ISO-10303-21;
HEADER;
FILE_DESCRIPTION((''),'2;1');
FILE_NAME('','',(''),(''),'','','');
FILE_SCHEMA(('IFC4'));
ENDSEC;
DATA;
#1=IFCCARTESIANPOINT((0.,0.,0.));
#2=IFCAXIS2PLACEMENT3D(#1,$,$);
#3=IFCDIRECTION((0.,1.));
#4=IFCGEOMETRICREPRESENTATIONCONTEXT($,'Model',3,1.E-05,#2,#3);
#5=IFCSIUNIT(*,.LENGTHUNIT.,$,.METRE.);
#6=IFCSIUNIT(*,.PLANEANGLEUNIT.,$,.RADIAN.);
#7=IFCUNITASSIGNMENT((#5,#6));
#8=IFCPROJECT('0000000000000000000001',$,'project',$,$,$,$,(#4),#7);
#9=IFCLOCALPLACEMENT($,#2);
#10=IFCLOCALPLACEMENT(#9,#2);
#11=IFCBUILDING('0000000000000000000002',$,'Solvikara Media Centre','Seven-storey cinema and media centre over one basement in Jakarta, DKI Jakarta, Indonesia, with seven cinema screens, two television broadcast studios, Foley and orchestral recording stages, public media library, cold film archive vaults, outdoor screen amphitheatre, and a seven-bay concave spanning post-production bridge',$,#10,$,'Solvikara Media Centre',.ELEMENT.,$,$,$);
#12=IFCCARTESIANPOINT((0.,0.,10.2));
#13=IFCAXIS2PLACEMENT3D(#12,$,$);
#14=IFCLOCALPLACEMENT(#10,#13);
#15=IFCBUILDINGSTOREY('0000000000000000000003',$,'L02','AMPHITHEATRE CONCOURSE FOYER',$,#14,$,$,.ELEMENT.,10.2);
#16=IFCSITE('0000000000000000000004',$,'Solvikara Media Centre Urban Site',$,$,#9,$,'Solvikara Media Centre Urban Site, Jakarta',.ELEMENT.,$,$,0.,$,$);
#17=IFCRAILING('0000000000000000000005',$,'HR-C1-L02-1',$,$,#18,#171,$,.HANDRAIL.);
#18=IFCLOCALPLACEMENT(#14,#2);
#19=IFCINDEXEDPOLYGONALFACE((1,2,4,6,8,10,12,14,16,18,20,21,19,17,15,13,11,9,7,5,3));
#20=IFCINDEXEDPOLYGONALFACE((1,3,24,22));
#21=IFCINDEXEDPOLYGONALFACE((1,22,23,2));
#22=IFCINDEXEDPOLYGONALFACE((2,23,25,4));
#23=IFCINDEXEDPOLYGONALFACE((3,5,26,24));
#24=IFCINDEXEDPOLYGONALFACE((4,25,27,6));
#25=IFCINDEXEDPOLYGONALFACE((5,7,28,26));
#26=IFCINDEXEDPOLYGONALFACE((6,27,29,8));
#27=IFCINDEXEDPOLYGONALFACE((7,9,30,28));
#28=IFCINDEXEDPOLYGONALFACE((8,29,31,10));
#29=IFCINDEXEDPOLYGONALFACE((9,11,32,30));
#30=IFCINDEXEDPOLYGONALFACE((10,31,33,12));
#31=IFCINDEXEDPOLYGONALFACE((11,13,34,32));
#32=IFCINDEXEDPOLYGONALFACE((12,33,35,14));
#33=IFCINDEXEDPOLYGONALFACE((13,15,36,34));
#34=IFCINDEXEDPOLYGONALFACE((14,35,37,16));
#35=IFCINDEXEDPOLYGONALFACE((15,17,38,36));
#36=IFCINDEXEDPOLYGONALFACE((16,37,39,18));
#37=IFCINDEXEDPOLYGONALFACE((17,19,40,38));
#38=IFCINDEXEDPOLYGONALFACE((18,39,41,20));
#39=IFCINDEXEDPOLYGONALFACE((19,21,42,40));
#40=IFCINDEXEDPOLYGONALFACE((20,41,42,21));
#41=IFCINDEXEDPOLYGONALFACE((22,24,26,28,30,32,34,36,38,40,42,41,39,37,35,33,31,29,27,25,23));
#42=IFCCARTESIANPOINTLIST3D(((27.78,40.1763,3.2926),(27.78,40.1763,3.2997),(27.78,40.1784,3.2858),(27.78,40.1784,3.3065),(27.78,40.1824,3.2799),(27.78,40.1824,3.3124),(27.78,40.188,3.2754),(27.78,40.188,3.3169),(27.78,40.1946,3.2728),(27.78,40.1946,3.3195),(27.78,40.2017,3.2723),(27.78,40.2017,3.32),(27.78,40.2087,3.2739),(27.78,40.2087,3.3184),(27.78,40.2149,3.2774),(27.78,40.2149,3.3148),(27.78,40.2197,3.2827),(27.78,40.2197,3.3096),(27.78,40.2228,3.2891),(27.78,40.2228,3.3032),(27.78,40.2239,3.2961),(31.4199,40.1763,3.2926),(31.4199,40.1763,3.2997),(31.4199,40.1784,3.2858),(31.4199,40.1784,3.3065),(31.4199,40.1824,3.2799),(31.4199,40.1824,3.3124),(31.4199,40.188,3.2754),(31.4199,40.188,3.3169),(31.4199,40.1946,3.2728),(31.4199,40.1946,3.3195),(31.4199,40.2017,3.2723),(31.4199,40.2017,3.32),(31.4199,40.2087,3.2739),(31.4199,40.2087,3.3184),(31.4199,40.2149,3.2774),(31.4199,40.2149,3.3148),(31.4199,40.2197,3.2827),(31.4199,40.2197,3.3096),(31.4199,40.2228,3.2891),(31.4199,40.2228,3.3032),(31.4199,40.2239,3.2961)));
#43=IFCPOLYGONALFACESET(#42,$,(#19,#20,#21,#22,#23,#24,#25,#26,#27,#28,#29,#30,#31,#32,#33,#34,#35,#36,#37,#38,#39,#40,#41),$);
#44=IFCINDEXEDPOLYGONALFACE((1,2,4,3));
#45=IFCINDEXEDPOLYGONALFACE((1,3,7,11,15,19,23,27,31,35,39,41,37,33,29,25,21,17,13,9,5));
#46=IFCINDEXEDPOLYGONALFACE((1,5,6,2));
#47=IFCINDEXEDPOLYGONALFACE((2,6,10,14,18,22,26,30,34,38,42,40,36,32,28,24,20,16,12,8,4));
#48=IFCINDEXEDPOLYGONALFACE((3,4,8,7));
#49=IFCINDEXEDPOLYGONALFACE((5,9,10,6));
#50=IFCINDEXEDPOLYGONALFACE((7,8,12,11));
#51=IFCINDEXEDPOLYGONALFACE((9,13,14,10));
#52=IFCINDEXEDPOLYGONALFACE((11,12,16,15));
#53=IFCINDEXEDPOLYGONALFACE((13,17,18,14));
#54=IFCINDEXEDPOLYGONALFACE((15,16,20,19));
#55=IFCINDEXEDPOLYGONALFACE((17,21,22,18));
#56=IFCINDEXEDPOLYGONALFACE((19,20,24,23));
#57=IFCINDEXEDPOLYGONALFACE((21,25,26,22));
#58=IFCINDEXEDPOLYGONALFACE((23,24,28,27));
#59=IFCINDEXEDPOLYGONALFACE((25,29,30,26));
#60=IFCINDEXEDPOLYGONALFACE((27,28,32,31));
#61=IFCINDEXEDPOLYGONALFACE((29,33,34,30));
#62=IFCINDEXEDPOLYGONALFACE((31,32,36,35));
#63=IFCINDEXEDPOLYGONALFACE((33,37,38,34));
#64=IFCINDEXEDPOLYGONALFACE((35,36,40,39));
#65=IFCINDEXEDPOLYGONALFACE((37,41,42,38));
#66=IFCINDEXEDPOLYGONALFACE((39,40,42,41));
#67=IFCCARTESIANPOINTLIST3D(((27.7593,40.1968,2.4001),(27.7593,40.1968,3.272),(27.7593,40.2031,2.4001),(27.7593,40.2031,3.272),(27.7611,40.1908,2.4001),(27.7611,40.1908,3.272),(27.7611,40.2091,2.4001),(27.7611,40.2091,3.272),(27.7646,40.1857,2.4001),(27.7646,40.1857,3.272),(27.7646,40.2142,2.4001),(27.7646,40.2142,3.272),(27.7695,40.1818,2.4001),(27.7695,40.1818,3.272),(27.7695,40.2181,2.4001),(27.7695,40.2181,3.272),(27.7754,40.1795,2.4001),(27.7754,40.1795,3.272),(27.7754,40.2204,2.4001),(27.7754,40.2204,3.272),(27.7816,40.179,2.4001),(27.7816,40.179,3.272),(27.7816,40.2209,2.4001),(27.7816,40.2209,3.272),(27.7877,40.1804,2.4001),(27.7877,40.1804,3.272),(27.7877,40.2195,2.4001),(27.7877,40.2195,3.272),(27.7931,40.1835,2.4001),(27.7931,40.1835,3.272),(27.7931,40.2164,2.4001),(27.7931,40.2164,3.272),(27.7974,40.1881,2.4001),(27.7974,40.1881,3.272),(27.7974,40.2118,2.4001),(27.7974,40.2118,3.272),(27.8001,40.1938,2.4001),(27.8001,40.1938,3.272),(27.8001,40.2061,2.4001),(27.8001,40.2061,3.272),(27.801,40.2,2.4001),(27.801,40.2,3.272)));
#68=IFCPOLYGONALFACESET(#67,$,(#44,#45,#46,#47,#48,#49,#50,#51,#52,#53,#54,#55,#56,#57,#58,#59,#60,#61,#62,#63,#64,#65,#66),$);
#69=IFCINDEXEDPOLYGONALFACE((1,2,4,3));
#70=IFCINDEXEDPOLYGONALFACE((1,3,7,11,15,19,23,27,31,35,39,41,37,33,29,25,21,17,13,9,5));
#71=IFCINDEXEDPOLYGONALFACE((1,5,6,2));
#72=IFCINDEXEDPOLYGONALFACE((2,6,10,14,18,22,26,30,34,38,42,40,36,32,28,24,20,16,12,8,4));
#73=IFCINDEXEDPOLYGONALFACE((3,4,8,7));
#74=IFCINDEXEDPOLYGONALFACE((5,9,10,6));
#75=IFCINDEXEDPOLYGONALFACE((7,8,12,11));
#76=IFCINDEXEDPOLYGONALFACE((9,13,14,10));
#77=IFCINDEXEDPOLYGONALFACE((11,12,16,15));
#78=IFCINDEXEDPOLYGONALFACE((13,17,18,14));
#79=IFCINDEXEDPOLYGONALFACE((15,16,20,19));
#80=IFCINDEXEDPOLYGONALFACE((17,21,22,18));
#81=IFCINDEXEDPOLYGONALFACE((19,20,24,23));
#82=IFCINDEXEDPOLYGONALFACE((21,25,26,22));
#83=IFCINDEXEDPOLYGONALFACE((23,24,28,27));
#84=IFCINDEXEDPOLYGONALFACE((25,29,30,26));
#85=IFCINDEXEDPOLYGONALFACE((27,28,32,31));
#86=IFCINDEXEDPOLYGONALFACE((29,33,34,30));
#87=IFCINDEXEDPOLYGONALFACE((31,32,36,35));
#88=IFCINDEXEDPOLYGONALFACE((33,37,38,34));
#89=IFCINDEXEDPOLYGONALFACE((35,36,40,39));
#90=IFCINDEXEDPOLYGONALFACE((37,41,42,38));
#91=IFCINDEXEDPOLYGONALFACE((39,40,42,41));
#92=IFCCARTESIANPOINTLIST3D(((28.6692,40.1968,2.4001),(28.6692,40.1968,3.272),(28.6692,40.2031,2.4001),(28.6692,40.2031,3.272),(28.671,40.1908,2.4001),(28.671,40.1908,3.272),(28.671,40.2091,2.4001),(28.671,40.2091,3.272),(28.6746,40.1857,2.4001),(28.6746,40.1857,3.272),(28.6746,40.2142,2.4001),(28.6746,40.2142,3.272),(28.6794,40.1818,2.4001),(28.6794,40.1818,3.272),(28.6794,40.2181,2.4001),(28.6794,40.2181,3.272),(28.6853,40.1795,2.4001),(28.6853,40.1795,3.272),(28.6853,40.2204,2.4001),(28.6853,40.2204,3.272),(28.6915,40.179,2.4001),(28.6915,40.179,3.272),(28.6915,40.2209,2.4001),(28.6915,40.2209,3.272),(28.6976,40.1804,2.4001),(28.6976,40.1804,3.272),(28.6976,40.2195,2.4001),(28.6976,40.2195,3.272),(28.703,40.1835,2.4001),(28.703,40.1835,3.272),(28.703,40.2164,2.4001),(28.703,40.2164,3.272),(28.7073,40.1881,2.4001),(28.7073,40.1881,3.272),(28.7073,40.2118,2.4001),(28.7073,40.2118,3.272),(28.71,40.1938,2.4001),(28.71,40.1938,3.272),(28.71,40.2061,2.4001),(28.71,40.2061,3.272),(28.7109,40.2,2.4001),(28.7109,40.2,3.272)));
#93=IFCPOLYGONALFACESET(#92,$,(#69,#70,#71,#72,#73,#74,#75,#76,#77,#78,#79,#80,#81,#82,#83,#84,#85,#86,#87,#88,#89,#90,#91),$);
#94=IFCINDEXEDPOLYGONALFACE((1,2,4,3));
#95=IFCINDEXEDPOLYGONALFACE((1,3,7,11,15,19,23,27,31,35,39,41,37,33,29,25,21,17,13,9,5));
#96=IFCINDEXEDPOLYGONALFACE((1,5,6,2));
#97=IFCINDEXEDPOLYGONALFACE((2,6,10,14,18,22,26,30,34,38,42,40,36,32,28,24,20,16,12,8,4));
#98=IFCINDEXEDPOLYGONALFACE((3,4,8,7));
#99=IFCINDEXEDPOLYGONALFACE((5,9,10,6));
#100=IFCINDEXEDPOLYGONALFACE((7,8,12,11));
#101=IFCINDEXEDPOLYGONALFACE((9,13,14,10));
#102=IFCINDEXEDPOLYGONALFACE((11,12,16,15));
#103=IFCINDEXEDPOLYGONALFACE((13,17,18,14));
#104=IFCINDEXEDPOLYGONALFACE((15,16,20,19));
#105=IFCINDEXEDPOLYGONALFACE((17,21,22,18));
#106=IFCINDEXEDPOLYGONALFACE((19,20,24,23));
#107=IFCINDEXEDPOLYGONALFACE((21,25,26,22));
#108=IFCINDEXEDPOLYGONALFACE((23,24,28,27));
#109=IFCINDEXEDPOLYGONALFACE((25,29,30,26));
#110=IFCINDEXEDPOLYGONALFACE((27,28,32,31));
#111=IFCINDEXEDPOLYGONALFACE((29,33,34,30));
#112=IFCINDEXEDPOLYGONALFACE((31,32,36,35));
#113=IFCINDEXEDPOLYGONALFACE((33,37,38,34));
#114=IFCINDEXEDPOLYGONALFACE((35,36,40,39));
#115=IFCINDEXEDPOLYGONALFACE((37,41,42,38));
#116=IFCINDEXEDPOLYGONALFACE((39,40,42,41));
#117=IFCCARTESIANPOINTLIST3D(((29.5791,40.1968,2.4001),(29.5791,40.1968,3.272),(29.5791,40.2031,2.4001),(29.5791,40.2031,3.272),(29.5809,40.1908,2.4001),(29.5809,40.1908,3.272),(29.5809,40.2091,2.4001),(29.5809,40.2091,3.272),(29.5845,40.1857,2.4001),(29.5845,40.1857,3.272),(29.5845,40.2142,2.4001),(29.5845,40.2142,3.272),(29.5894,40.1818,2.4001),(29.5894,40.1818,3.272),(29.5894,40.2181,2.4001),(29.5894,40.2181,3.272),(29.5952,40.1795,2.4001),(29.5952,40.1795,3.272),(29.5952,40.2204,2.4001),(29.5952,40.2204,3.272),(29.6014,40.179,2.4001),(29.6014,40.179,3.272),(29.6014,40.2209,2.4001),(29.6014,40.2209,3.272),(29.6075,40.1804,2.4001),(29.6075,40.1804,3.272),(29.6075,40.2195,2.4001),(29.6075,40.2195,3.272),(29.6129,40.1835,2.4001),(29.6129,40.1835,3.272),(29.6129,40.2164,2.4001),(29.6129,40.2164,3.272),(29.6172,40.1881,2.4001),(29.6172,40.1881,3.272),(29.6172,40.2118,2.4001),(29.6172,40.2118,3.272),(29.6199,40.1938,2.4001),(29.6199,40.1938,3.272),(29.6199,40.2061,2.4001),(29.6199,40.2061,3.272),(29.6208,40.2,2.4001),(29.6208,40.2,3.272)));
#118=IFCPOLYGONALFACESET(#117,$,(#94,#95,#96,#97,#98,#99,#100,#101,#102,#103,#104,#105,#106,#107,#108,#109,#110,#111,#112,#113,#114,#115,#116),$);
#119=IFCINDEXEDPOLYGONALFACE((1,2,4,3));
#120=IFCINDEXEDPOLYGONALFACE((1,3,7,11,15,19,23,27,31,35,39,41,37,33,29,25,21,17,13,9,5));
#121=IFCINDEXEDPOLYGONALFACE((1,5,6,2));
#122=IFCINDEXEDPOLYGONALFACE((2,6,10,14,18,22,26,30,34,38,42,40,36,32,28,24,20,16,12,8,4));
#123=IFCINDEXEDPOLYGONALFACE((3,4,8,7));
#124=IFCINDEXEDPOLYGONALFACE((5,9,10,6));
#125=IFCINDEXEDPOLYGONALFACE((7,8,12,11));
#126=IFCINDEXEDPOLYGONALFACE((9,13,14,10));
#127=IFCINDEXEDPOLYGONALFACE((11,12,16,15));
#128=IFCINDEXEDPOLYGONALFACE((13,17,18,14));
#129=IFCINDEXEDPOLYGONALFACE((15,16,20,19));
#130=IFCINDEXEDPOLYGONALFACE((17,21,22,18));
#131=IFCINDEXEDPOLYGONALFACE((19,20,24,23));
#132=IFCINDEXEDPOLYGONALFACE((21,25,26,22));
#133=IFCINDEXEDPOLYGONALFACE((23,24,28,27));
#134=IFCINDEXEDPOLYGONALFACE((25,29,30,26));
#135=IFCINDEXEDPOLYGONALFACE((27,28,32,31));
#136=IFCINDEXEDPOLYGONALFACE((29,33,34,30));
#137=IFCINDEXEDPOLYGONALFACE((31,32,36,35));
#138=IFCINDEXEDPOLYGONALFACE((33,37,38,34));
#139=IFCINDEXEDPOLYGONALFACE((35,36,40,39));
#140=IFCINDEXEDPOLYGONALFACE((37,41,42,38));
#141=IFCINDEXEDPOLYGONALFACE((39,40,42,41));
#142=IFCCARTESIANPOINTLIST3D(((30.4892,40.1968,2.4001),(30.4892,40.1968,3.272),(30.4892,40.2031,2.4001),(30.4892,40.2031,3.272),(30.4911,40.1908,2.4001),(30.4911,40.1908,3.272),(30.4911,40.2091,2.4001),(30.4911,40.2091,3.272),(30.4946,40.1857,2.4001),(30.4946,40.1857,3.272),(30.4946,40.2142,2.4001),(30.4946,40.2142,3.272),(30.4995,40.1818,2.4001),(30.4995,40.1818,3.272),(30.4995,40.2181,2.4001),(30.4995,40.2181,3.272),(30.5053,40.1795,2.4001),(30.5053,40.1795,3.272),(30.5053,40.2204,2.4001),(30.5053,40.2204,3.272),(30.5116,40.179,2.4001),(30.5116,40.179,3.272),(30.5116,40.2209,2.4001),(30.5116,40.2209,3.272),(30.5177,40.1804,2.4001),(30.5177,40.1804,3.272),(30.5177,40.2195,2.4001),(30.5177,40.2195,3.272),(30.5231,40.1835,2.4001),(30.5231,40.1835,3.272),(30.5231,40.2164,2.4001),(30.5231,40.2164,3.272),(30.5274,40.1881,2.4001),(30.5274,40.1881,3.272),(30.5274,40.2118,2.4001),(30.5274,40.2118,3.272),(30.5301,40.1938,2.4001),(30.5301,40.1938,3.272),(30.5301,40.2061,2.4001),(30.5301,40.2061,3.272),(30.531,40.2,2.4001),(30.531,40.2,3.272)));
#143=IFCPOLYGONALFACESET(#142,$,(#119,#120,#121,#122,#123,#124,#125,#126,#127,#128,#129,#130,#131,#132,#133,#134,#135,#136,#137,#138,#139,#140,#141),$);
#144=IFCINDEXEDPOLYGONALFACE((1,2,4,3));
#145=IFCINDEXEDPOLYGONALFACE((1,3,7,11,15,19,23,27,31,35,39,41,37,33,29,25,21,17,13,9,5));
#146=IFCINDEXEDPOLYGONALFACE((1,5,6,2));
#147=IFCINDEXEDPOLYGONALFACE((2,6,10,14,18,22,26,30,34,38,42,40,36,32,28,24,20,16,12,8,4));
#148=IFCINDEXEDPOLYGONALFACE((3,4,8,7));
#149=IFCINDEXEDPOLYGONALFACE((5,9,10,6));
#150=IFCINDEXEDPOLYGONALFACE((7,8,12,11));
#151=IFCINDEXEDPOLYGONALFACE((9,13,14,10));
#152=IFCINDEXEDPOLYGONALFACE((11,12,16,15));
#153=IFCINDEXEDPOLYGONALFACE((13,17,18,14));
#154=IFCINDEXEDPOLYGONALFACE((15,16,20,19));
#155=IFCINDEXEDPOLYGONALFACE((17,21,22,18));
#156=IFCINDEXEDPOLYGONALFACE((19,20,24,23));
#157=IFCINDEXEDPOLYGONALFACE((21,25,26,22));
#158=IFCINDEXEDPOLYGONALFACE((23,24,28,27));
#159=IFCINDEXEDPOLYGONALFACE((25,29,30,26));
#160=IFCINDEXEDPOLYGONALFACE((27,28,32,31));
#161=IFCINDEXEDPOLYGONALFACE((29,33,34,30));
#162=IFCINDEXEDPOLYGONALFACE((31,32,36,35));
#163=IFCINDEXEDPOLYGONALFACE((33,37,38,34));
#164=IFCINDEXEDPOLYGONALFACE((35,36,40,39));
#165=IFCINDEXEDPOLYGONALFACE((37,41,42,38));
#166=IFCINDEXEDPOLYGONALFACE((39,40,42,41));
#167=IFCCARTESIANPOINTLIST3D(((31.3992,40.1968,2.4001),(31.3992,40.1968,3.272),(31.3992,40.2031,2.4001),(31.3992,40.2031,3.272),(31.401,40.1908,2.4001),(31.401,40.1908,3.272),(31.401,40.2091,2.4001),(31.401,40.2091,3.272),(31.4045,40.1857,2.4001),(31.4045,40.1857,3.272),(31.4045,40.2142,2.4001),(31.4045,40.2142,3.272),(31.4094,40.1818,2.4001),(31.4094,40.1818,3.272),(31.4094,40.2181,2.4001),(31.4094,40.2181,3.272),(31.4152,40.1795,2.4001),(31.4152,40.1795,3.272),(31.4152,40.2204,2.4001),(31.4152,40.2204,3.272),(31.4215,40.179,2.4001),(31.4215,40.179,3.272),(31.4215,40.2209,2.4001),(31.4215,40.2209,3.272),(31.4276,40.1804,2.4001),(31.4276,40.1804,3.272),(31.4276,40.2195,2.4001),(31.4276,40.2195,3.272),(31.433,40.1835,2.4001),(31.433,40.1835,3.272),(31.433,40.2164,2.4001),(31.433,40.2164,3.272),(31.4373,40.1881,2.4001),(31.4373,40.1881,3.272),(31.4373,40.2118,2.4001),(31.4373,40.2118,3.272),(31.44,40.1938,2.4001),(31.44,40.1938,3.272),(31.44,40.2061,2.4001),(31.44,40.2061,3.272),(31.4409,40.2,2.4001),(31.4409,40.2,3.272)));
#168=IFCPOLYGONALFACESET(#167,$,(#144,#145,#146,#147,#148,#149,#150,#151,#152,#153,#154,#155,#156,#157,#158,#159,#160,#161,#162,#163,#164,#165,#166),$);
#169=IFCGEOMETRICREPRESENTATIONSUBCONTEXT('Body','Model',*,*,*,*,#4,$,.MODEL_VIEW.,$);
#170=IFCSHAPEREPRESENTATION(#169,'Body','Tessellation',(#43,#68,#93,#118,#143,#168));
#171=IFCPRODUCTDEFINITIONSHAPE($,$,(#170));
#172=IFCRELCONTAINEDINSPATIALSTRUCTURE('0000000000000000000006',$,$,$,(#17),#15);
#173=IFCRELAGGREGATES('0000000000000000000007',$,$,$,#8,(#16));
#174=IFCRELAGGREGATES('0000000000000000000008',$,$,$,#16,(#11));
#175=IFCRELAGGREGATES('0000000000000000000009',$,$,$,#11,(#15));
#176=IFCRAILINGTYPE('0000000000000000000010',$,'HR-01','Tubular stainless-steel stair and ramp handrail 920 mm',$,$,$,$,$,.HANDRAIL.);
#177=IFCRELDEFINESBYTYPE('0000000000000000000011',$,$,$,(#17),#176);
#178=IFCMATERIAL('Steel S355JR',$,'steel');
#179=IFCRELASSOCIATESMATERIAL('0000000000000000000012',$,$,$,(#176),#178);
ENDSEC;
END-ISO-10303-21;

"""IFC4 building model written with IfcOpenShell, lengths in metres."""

from ifc_helpers import new_model, si_unit, direction, frame, origin, origin_2d, place, context, subcontext, project, spatial, circle, extrude, material, type_object, element, save


model = new_model("IFC4")

# Units and contexts
model_context = context("Model", 3, precision=1e-05, world=origin(), true_north=direction((0.0, 1.0)))
body_context = subcontext(model_context, "Body", "Model", "MODEL_VIEW")
ifc_project = project(units=[si_unit("LENGTHUNIT", "METRE"), si_unit("PLANEANGLEUNIT", "RADIAN")], contexts=[model_context])

# Site, building, storey
site_placement = place(None, origin())
site = spatial("IfcSite", under=ifc_project, at=site_placement, Name="Solvikara Media Centre Urban Site", LongName="Solvikara Media Centre Urban Site, Jakarta", CompositionType="ELEMENT", RefElevation=0.0)
building_placement = place(site_placement, origin())
building = spatial("IfcBuilding", under=site, at=building_placement, Name="Solvikara Media Centre", Description="Seven-storey cinema and media centre over one basement in Jakarta, DKI Jakarta, Indonesia, with seven cinema screens, two television broadcast studios, Foley and orchestral recording stages, public media library, cold film archive vaults, outdoor screen amphitheatre, and a seven-bay concave spanning post-production bridge", LongName="Solvikara Media Centre", CompositionType="ELEMENT")
storey_placement = place(building_placement, frame((0.0, 0.0, 10.2)))
storey = spatial("IfcBuildingStorey", under=building, at=storey_placement, Name="L02", Description="AMPHITHEATRE CONCOURSE FOYER", CompositionType="ELEMENT", Elevation=10.2)

# Shared definitions
ifc_material_1 = material(Name="Steel S355JR", Category="steel")

# Railing
railing_type_1 = type_object("IfcRailingType", Name="HR-01", Description="Tubular stainless-steel stair and ramp handrail 920 mm", PredefinedType="HANDRAIL", material=ifc_material_1)
railing_1_placement = place(storey_placement, frame((27.78, 40.2, 2.4001)))
element("IfcRailing", 1, at=railing_1_placement, inside=storey, type_object=railing_type_1, Name="HR-C1-L02-1", PredefinedType="HANDRAIL", context=body_context, shape_type="SweptSolid", body=[
    extrude(circle(Radius=0.0239, at=origin_2d()), frame((0.0, 0.0, 0.896), z_axis=(1.0, 0.0, 0.0), x_axis=(0.0, 1.0, 0.0)), (0.0, 0.0, 1.0), 3.6399),
    extrude(circle(Radius=0.021, at=origin_2d()), origin(), (0.0, 0.0, 1.0), 0.8718),
    extrude(circle(Radius=0.021, at=origin_2d()), frame((0.9099, 0.0, 0.0)), (0.0, 0.0, 1.0), 0.8718),
    extrude(circle(Radius=0.021, at=origin_2d()), frame((1.8198, 0.0, 0.0)), (0.0, 0.0, 1.0), 0.8718),
    extrude(circle(Radius=0.021, at=origin_2d()), frame((2.73, 0.0, 0.0)), (0.0, 0.0, 1.0), 0.8718),
    extrude(circle(Radius=0.021, at=origin_2d()), frame((3.6399, 0.0, 0.0)), (0.0, 0.0, 1.0), 0.8718),
])

save(model, "model.ifc")
